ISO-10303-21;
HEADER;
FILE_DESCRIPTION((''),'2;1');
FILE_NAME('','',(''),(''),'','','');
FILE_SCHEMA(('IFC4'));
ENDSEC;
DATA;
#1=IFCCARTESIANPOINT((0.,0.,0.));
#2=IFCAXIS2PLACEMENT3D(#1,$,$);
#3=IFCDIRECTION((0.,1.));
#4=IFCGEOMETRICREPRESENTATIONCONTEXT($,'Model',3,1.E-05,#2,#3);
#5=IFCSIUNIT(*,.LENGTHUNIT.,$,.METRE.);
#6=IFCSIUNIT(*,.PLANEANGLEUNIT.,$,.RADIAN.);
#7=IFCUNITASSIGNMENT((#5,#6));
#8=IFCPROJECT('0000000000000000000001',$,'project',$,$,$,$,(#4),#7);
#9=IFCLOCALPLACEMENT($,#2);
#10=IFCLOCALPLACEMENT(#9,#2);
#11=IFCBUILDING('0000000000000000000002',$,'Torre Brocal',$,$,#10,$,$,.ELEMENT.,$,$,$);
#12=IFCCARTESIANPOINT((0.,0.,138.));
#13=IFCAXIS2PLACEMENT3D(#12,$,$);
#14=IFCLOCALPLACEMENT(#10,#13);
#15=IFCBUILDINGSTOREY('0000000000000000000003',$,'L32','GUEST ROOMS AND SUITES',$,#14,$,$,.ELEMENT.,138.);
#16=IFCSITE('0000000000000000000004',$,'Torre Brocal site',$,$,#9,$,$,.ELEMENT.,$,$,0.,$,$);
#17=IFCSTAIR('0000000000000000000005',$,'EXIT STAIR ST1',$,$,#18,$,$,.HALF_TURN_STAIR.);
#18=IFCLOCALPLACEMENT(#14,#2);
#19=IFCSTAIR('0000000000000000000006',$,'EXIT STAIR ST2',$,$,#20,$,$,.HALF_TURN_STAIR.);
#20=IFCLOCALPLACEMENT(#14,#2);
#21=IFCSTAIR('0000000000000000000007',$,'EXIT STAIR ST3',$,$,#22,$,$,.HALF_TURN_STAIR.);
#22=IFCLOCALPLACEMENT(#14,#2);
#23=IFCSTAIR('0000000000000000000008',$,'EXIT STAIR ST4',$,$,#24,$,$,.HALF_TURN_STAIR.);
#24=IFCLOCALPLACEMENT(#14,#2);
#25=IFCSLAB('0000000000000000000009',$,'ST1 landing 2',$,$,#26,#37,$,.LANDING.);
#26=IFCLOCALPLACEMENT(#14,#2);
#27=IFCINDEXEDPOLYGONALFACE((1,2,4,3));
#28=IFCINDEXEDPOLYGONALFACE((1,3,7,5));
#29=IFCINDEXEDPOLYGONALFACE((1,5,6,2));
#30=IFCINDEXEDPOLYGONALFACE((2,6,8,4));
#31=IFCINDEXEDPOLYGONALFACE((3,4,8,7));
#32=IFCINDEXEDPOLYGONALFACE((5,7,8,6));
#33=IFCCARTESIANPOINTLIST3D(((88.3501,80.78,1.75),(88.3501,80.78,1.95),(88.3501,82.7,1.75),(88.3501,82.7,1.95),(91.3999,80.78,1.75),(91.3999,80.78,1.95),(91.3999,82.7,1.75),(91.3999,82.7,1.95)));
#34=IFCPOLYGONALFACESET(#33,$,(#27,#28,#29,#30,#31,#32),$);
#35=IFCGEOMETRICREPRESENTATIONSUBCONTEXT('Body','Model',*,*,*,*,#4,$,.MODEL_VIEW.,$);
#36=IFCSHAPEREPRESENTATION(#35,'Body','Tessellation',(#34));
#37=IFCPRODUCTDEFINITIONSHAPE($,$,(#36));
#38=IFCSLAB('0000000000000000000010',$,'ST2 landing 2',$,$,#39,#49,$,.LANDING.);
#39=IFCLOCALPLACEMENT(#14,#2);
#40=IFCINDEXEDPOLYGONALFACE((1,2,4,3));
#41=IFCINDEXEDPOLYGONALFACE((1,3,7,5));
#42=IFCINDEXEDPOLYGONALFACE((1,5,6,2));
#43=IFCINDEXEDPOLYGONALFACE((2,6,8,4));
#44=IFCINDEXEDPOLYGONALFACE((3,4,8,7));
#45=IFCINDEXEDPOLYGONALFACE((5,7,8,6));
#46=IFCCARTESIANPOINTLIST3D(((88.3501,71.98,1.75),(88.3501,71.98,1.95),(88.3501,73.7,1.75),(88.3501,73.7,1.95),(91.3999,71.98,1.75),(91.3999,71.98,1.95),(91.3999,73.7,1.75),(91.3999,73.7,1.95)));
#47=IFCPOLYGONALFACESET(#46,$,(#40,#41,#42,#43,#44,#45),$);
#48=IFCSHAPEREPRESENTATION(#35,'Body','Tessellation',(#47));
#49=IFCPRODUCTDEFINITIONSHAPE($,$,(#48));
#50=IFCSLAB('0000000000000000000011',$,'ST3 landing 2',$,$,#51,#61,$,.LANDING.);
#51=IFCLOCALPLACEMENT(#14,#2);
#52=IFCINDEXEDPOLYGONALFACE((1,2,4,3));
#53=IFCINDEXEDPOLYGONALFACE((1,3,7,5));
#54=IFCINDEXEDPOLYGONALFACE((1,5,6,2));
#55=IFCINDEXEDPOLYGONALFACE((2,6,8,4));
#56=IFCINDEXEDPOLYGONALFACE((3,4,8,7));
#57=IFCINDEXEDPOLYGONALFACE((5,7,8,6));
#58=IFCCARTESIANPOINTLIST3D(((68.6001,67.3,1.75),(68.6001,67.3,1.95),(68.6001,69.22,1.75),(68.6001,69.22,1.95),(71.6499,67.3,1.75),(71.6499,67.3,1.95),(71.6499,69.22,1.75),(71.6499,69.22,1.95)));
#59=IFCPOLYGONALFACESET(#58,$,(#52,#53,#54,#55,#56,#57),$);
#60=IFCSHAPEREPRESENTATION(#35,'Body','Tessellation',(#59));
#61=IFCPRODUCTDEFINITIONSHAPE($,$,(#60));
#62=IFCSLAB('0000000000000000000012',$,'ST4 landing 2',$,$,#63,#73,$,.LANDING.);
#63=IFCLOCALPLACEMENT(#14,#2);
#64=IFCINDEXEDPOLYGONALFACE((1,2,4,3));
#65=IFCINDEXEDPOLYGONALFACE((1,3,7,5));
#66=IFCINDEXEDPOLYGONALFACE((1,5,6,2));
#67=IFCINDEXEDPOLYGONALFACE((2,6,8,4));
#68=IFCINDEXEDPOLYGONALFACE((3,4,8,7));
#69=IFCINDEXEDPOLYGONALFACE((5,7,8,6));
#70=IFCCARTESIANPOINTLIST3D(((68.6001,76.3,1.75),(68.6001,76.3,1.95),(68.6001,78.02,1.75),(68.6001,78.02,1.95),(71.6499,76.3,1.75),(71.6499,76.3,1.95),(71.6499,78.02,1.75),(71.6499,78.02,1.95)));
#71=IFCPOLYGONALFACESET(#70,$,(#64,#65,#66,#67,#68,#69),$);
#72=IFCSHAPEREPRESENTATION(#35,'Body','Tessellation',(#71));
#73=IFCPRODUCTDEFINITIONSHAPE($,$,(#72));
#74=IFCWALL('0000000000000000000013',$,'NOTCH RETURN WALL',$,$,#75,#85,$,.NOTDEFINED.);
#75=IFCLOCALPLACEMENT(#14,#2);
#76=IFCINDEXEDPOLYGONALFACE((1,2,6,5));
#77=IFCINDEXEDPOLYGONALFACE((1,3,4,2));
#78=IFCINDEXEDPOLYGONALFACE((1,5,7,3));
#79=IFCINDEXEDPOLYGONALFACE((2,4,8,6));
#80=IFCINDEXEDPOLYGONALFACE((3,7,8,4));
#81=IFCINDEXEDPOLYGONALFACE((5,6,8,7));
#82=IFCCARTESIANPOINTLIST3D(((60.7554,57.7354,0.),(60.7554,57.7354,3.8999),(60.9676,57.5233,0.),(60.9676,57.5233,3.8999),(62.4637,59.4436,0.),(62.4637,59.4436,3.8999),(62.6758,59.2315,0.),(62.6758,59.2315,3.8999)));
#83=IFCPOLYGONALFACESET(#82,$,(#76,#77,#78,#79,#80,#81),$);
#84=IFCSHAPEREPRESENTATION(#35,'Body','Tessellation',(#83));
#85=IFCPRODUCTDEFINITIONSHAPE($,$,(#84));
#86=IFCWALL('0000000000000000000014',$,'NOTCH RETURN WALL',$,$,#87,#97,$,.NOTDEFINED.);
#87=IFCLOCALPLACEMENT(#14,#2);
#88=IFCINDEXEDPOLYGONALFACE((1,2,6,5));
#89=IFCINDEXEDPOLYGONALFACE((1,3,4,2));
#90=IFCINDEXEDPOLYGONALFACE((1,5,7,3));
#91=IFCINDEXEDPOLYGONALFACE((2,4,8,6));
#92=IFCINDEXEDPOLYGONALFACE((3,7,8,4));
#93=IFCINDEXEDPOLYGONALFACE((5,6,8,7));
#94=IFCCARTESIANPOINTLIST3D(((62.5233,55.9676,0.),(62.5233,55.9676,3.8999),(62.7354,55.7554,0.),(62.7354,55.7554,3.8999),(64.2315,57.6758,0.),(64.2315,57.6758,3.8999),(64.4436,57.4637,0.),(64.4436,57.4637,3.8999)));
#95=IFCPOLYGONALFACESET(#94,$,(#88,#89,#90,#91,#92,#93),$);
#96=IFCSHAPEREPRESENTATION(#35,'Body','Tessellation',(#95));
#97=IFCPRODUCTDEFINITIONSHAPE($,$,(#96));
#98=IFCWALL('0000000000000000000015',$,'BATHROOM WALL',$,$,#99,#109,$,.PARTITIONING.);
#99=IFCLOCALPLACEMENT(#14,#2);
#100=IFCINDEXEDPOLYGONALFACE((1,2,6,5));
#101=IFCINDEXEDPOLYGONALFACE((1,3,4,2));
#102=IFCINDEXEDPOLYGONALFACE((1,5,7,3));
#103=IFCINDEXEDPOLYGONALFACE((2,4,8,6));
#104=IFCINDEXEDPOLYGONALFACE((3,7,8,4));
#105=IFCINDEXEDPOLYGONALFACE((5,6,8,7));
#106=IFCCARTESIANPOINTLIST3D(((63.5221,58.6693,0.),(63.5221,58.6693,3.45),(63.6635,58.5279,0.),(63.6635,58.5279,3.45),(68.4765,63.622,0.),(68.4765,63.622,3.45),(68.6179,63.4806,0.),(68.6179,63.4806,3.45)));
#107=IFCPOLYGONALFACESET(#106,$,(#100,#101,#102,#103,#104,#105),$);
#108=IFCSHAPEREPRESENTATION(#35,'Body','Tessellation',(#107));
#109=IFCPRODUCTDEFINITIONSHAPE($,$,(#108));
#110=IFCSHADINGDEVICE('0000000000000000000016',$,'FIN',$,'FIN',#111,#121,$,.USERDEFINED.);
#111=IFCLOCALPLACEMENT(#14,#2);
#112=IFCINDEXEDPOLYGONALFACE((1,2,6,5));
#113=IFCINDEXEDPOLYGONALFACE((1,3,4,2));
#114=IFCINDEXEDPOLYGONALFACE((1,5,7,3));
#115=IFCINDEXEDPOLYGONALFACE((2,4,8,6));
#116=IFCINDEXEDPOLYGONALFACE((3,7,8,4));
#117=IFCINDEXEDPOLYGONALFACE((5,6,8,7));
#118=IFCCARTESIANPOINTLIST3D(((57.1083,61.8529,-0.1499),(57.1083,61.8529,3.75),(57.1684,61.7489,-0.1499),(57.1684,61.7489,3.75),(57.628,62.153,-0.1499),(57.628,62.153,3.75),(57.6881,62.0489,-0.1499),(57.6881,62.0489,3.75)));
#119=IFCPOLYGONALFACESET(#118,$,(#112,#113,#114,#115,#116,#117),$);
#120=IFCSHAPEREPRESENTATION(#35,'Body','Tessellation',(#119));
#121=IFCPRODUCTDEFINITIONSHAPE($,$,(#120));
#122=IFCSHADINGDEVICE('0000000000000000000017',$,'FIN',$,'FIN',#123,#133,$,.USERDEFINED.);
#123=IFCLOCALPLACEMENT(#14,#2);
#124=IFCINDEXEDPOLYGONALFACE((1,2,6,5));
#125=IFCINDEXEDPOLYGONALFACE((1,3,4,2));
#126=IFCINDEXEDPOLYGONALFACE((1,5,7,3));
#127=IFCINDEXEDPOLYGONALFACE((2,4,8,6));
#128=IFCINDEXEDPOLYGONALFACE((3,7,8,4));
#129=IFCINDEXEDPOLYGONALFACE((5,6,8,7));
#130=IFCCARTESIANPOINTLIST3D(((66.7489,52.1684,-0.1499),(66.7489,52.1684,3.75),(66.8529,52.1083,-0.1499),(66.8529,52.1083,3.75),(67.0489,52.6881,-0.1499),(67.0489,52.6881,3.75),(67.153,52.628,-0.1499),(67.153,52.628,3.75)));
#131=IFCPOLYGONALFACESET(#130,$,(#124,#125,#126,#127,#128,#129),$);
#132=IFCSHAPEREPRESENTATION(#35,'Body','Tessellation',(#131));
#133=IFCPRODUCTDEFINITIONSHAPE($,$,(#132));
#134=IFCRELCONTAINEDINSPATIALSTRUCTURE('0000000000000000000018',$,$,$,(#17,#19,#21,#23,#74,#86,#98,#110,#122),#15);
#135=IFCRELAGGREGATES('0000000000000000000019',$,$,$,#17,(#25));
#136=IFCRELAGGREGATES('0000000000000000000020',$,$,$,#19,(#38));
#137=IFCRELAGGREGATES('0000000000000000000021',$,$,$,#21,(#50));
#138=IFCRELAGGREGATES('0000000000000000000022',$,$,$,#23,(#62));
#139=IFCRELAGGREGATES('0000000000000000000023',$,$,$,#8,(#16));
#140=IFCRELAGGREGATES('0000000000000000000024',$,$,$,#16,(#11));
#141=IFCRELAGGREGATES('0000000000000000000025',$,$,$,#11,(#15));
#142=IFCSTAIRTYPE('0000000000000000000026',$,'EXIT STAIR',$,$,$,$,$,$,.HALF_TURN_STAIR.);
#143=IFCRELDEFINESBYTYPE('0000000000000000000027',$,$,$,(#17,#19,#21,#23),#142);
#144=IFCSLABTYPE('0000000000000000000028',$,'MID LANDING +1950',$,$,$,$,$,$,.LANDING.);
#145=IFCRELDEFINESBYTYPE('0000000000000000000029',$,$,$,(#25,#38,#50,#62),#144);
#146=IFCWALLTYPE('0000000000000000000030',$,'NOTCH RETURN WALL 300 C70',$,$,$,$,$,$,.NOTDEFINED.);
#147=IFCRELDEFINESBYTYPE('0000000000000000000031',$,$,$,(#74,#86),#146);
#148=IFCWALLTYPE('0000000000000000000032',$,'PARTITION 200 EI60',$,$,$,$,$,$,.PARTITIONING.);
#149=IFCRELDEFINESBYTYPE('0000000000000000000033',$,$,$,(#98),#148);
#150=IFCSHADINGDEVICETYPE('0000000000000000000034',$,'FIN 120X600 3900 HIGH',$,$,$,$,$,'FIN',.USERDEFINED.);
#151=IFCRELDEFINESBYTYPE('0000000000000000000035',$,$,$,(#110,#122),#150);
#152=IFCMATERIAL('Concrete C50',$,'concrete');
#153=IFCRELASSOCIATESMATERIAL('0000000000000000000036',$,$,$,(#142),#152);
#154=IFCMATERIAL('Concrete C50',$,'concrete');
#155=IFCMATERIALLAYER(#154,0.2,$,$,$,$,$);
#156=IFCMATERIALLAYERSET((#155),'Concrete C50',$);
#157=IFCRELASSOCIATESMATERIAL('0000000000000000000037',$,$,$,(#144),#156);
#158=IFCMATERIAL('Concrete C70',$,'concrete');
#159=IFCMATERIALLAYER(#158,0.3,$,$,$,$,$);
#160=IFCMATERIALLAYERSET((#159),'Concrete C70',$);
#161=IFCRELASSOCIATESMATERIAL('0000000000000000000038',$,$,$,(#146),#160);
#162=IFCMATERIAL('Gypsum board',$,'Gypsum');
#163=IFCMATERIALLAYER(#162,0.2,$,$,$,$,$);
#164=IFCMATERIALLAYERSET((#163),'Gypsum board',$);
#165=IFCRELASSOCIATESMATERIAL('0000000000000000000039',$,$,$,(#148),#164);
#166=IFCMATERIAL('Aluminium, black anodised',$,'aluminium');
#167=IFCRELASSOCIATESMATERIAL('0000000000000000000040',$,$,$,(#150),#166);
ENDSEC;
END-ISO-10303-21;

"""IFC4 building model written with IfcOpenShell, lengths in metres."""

from ifc_helpers import new_model, si_unit, direction, frame, frame_2d, origin, origin_2d, place, context, subcontext, project, spatial, polyline, rectangle, outline, extrude, material, layer, layer_set, material_profile, profile_set, type_object, element, aggregate, save


model = new_model("IFC4")

# Units and contexts
model_context = context("Model", 3, precision=1e-05, world=origin(), true_north=direction((0.0, 1.0)))
body_context = subcontext(model_context, "Body", "Model", "MODEL_VIEW")
ifc_project = project(units=[si_unit("LENGTHUNIT", "METRE"), si_unit("PLANEANGLEUNIT", "RADIAN")], contexts=[model_context])

# Site, building, storey
site_placement = place(None, origin())
site = spatial("IfcSite", under=ifc_project, at=site_placement, Name="Torre Brocal site", CompositionType="ELEMENT", RefElevation=0.0)
building_placement = place(site_placement, origin())
building = spatial("IfcBuilding", under=site, at=building_placement, Name="Torre Brocal", CompositionType="ELEMENT")
storey_placement = place(building_placement, frame((0.0, 0.0, 138.0)))
storey = spatial("IfcBuildingStorey", under=building, at=storey_placement, Name="L32", Description="GUEST ROOMS AND SUITES", CompositionType="ELEMENT", Elevation=138.0)

# Stairs
ifc_material_1 = material(Name="Concrete C50", Category="concrete")
stair_type = type_object("IfcStairType", Name="EXIT STAIR", PredefinedType="HALF_TURN_STAIR", material=ifc_material_1)
stair_1_placement = place(storey_placement, origin())
stair_1 = element("IfcStair", 1, at=stair_1_placement, inside=storey, type_object=stair_type, Name="EXIT STAIR ST1", PredefinedType="HALF_TURN_STAIR")
stair_2_placement = place(storey_placement, origin())
stair_2 = element("IfcStair", 2, at=stair_2_placement, inside=storey, type_object=stair_type, Name="EXIT STAIR ST2", PredefinedType="HALF_TURN_STAIR")
stair_3_placement = place(storey_placement, origin())
stair_3 = element("IfcStair", 3, at=stair_3_placement, inside=storey, type_object=stair_type, Name="EXIT STAIR ST3", PredefinedType="HALF_TURN_STAIR")
stair_4_placement = place(storey_placement, origin())
stair_4 = element("IfcStair", 4, at=stair_4_placement, inside=storey, type_object=stair_type, Name="EXIT STAIR ST4", PredefinedType="HALF_TURN_STAIR")

# Slabs
ifc_material_2 = material(Name="Concrete C50", Category="concrete")
ifc_layer_1 = layer(ifc_material_2, 0.2)
ifc_layer_set_1 = layer_set([ifc_layer_1], Name="Concrete C50")
slab_type_1 = type_object("IfcSlabType", Name="MID LANDING +1950", PredefinedType="LANDING", material=ifc_layer_set_1)
slab_1_placement = place(storey_placement, frame((0.0, 0.0, 1.75)))
slab_1 = element("IfcSlab", 5, at=slab_1_placement, type_object=slab_type_1, Name="ST1 landing 2", PredefinedType="LANDING", context=body_context, shape_type="SweptSolid", body=[
    extrude(outline(polyline([(88.3501, 80.78), (91.3999, 80.78), (91.3999, 82.7), (88.3501, 82.7), (88.3501, 80.78)])), origin(), (0.0, 0.0, 1.0), 0.2),
])
aggregate(stair_1, [slab_1])
slab_2_placement = place(storey_placement, frame((0.0, 0.0, 1.75)))
slab_2 = element("IfcSlab", 6, at=slab_2_placement, type_object=slab_type_1, Name="ST2 landing 2", PredefinedType="LANDING", context=body_context, shape_type="SweptSolid", body=[
    extrude(outline(polyline([(88.3501, 71.98), (91.3999, 71.98), (91.3999, 73.7), (88.3501, 73.7), (88.3501, 71.98)])), origin(), (0.0, 0.0, 1.0), 0.2),
])
aggregate(stair_2, [slab_2])
slab_3_placement = place(storey_placement, frame((0.0, 0.0, 1.75)))
slab_3 = element("IfcSlab", 7, at=slab_3_placement, type_object=slab_type_1, Name="ST3 landing 2", PredefinedType="LANDING", context=body_context, shape_type="SweptSolid", body=[
    extrude(outline(polyline([(71.6499, 69.22), (68.6001, 69.22), (68.6001, 67.3), (71.6499, 67.3), (71.6499, 69.22)])), origin(), (0.0, 0.0, 1.0), 0.2),
])
aggregate(stair_3, [slab_3])
slab_4_placement = place(storey_placement, frame((0.0, 0.0, 1.75)))
slab_4 = element("IfcSlab", 8, at=slab_4_placement, type_object=slab_type_1, Name="ST4 landing 2", PredefinedType="LANDING", context=body_context, shape_type="SweptSolid", body=[
    extrude(outline(polyline([(71.6499, 78.02), (68.6001, 78.02), (68.6001, 76.3), (71.6499, 76.3), (71.6499, 78.02)])), origin(), (0.0, 0.0, 1.0), 0.2),
])
aggregate(stair_4, [slab_4])

# Walls
ifc_material_3 = material(Name="Concrete C70", Category="concrete")
ifc_layer_2 = layer(ifc_material_3, 0.3)
ifc_layer_set_2 = layer_set([ifc_layer_2], Name="Concrete C70")
wall_type_1 = type_object("IfcWallType", Name="NOTCH RETURN WALL 300 C70", PredefinedType="NOTDEFINED", material=ifc_layer_set_2)
for number, where, z_axis, x_axis, name in (
    (9, (62.5698, 59.3376, 0.0), (0.0, 0.0, 1.0), (-0.707107, -0.707107, 0.0), "NOTCH RETURN WALL"),
    (10, (64.3376, 57.5698, 0.0), (0.0, 0.0, 1.0), (-0.707107, -0.707107, 0.0), "NOTCH RETURN WALL"),
):
    element("IfcWall", number, at=place(storey_placement, frame(where, z_axis=z_axis, x_axis=x_axis)), inside=storey, type_object=wall_type_1, Name=name, PredefinedType="NOTDEFINED", context=body_context, shape_type="SweptSolid", body=[
        extrude(rectangle(XDim=2.4158, YDim=0.3, at=frame_2d((1.208, 0.0))), origin(), (0.0, 0.0, 1.0), 3.8999),
    ])
ifc_material_4 = material(Name="Gypsum board", Category="Gypsum")
ifc_layer_3 = layer(ifc_material_4, 0.2)
ifc_layer_set_3 = layer_set([ifc_layer_3], Name="Gypsum board")
wall_type_2 = type_object("IfcWallType", Name="PARTITION 200 EI60", PredefinedType="PARTITIONING", material=ifc_layer_set_3)
wall_placement = place(storey_placement, frame((63.5928, 58.5986, 0.0), z_axis=(0.0, 0.0, 1.0), x_axis=(0.707229, 0.706985, 0.0)))
element("IfcWall", 11, at=wall_placement, inside=storey, type_object=wall_type_2, Name="BATHROOM WALL", PredefinedType="PARTITIONING", context=body_context, shape_type="SweptSolid", body=[
    extrude(rectangle(XDim=7.0054, YDim=0.2, at=frame_2d((3.5027, 0.0))), origin(), (0.0, 0.0, 1.0), 3.45),
])

# Shading devices
ifc_material_5 = material(Name="Aluminium, black anodised", Category="aluminium")
ifc_material_profile_1 = material_profile(ifc_material_5, rectangle(XDim=0.1201, YDim=0.6001, at=origin_2d()), Name="FIN 120X600 3900 HIGH")
ifc_profile_set_1 = profile_set([ifc_material_profile_1], Name="Aluminium, black anodised")
shading_device_type = type_object("IfcShadingDeviceType", Name="FIN 120X600 3900 HIGH", ElementType="FIN", PredefinedType="USERDEFINED", material=ifc_profile_set_1)
for number, where, z_axis, x_axis, name in (
    (12, (57.3982, 61.9509, -0.1499), (0.0, 0.0, 1.0), (0.5, -0.866025, 0.0), "FIN"),
    (13, (66.9509, 52.3982, -0.1499), (0.0, 0.0, 1.0), (0.866025, -0.5, 0.0), "FIN"),
):
    element("IfcShadingDevice", number, at=place(storey_placement, frame(where, z_axis=z_axis, x_axis=x_axis)), inside=storey, type_object=shading_device_type, Name=name, ObjectType="FIN", PredefinedType="USERDEFINED", context=body_context, shape_type="SweptSolid", body=[
        extrude(rectangle(XDim=0.1201, YDim=0.6001, at=origin_2d()), origin(), (0.0, 0.0, 1.0), 3.8999),
    ])

save(model, "model.ifc")
